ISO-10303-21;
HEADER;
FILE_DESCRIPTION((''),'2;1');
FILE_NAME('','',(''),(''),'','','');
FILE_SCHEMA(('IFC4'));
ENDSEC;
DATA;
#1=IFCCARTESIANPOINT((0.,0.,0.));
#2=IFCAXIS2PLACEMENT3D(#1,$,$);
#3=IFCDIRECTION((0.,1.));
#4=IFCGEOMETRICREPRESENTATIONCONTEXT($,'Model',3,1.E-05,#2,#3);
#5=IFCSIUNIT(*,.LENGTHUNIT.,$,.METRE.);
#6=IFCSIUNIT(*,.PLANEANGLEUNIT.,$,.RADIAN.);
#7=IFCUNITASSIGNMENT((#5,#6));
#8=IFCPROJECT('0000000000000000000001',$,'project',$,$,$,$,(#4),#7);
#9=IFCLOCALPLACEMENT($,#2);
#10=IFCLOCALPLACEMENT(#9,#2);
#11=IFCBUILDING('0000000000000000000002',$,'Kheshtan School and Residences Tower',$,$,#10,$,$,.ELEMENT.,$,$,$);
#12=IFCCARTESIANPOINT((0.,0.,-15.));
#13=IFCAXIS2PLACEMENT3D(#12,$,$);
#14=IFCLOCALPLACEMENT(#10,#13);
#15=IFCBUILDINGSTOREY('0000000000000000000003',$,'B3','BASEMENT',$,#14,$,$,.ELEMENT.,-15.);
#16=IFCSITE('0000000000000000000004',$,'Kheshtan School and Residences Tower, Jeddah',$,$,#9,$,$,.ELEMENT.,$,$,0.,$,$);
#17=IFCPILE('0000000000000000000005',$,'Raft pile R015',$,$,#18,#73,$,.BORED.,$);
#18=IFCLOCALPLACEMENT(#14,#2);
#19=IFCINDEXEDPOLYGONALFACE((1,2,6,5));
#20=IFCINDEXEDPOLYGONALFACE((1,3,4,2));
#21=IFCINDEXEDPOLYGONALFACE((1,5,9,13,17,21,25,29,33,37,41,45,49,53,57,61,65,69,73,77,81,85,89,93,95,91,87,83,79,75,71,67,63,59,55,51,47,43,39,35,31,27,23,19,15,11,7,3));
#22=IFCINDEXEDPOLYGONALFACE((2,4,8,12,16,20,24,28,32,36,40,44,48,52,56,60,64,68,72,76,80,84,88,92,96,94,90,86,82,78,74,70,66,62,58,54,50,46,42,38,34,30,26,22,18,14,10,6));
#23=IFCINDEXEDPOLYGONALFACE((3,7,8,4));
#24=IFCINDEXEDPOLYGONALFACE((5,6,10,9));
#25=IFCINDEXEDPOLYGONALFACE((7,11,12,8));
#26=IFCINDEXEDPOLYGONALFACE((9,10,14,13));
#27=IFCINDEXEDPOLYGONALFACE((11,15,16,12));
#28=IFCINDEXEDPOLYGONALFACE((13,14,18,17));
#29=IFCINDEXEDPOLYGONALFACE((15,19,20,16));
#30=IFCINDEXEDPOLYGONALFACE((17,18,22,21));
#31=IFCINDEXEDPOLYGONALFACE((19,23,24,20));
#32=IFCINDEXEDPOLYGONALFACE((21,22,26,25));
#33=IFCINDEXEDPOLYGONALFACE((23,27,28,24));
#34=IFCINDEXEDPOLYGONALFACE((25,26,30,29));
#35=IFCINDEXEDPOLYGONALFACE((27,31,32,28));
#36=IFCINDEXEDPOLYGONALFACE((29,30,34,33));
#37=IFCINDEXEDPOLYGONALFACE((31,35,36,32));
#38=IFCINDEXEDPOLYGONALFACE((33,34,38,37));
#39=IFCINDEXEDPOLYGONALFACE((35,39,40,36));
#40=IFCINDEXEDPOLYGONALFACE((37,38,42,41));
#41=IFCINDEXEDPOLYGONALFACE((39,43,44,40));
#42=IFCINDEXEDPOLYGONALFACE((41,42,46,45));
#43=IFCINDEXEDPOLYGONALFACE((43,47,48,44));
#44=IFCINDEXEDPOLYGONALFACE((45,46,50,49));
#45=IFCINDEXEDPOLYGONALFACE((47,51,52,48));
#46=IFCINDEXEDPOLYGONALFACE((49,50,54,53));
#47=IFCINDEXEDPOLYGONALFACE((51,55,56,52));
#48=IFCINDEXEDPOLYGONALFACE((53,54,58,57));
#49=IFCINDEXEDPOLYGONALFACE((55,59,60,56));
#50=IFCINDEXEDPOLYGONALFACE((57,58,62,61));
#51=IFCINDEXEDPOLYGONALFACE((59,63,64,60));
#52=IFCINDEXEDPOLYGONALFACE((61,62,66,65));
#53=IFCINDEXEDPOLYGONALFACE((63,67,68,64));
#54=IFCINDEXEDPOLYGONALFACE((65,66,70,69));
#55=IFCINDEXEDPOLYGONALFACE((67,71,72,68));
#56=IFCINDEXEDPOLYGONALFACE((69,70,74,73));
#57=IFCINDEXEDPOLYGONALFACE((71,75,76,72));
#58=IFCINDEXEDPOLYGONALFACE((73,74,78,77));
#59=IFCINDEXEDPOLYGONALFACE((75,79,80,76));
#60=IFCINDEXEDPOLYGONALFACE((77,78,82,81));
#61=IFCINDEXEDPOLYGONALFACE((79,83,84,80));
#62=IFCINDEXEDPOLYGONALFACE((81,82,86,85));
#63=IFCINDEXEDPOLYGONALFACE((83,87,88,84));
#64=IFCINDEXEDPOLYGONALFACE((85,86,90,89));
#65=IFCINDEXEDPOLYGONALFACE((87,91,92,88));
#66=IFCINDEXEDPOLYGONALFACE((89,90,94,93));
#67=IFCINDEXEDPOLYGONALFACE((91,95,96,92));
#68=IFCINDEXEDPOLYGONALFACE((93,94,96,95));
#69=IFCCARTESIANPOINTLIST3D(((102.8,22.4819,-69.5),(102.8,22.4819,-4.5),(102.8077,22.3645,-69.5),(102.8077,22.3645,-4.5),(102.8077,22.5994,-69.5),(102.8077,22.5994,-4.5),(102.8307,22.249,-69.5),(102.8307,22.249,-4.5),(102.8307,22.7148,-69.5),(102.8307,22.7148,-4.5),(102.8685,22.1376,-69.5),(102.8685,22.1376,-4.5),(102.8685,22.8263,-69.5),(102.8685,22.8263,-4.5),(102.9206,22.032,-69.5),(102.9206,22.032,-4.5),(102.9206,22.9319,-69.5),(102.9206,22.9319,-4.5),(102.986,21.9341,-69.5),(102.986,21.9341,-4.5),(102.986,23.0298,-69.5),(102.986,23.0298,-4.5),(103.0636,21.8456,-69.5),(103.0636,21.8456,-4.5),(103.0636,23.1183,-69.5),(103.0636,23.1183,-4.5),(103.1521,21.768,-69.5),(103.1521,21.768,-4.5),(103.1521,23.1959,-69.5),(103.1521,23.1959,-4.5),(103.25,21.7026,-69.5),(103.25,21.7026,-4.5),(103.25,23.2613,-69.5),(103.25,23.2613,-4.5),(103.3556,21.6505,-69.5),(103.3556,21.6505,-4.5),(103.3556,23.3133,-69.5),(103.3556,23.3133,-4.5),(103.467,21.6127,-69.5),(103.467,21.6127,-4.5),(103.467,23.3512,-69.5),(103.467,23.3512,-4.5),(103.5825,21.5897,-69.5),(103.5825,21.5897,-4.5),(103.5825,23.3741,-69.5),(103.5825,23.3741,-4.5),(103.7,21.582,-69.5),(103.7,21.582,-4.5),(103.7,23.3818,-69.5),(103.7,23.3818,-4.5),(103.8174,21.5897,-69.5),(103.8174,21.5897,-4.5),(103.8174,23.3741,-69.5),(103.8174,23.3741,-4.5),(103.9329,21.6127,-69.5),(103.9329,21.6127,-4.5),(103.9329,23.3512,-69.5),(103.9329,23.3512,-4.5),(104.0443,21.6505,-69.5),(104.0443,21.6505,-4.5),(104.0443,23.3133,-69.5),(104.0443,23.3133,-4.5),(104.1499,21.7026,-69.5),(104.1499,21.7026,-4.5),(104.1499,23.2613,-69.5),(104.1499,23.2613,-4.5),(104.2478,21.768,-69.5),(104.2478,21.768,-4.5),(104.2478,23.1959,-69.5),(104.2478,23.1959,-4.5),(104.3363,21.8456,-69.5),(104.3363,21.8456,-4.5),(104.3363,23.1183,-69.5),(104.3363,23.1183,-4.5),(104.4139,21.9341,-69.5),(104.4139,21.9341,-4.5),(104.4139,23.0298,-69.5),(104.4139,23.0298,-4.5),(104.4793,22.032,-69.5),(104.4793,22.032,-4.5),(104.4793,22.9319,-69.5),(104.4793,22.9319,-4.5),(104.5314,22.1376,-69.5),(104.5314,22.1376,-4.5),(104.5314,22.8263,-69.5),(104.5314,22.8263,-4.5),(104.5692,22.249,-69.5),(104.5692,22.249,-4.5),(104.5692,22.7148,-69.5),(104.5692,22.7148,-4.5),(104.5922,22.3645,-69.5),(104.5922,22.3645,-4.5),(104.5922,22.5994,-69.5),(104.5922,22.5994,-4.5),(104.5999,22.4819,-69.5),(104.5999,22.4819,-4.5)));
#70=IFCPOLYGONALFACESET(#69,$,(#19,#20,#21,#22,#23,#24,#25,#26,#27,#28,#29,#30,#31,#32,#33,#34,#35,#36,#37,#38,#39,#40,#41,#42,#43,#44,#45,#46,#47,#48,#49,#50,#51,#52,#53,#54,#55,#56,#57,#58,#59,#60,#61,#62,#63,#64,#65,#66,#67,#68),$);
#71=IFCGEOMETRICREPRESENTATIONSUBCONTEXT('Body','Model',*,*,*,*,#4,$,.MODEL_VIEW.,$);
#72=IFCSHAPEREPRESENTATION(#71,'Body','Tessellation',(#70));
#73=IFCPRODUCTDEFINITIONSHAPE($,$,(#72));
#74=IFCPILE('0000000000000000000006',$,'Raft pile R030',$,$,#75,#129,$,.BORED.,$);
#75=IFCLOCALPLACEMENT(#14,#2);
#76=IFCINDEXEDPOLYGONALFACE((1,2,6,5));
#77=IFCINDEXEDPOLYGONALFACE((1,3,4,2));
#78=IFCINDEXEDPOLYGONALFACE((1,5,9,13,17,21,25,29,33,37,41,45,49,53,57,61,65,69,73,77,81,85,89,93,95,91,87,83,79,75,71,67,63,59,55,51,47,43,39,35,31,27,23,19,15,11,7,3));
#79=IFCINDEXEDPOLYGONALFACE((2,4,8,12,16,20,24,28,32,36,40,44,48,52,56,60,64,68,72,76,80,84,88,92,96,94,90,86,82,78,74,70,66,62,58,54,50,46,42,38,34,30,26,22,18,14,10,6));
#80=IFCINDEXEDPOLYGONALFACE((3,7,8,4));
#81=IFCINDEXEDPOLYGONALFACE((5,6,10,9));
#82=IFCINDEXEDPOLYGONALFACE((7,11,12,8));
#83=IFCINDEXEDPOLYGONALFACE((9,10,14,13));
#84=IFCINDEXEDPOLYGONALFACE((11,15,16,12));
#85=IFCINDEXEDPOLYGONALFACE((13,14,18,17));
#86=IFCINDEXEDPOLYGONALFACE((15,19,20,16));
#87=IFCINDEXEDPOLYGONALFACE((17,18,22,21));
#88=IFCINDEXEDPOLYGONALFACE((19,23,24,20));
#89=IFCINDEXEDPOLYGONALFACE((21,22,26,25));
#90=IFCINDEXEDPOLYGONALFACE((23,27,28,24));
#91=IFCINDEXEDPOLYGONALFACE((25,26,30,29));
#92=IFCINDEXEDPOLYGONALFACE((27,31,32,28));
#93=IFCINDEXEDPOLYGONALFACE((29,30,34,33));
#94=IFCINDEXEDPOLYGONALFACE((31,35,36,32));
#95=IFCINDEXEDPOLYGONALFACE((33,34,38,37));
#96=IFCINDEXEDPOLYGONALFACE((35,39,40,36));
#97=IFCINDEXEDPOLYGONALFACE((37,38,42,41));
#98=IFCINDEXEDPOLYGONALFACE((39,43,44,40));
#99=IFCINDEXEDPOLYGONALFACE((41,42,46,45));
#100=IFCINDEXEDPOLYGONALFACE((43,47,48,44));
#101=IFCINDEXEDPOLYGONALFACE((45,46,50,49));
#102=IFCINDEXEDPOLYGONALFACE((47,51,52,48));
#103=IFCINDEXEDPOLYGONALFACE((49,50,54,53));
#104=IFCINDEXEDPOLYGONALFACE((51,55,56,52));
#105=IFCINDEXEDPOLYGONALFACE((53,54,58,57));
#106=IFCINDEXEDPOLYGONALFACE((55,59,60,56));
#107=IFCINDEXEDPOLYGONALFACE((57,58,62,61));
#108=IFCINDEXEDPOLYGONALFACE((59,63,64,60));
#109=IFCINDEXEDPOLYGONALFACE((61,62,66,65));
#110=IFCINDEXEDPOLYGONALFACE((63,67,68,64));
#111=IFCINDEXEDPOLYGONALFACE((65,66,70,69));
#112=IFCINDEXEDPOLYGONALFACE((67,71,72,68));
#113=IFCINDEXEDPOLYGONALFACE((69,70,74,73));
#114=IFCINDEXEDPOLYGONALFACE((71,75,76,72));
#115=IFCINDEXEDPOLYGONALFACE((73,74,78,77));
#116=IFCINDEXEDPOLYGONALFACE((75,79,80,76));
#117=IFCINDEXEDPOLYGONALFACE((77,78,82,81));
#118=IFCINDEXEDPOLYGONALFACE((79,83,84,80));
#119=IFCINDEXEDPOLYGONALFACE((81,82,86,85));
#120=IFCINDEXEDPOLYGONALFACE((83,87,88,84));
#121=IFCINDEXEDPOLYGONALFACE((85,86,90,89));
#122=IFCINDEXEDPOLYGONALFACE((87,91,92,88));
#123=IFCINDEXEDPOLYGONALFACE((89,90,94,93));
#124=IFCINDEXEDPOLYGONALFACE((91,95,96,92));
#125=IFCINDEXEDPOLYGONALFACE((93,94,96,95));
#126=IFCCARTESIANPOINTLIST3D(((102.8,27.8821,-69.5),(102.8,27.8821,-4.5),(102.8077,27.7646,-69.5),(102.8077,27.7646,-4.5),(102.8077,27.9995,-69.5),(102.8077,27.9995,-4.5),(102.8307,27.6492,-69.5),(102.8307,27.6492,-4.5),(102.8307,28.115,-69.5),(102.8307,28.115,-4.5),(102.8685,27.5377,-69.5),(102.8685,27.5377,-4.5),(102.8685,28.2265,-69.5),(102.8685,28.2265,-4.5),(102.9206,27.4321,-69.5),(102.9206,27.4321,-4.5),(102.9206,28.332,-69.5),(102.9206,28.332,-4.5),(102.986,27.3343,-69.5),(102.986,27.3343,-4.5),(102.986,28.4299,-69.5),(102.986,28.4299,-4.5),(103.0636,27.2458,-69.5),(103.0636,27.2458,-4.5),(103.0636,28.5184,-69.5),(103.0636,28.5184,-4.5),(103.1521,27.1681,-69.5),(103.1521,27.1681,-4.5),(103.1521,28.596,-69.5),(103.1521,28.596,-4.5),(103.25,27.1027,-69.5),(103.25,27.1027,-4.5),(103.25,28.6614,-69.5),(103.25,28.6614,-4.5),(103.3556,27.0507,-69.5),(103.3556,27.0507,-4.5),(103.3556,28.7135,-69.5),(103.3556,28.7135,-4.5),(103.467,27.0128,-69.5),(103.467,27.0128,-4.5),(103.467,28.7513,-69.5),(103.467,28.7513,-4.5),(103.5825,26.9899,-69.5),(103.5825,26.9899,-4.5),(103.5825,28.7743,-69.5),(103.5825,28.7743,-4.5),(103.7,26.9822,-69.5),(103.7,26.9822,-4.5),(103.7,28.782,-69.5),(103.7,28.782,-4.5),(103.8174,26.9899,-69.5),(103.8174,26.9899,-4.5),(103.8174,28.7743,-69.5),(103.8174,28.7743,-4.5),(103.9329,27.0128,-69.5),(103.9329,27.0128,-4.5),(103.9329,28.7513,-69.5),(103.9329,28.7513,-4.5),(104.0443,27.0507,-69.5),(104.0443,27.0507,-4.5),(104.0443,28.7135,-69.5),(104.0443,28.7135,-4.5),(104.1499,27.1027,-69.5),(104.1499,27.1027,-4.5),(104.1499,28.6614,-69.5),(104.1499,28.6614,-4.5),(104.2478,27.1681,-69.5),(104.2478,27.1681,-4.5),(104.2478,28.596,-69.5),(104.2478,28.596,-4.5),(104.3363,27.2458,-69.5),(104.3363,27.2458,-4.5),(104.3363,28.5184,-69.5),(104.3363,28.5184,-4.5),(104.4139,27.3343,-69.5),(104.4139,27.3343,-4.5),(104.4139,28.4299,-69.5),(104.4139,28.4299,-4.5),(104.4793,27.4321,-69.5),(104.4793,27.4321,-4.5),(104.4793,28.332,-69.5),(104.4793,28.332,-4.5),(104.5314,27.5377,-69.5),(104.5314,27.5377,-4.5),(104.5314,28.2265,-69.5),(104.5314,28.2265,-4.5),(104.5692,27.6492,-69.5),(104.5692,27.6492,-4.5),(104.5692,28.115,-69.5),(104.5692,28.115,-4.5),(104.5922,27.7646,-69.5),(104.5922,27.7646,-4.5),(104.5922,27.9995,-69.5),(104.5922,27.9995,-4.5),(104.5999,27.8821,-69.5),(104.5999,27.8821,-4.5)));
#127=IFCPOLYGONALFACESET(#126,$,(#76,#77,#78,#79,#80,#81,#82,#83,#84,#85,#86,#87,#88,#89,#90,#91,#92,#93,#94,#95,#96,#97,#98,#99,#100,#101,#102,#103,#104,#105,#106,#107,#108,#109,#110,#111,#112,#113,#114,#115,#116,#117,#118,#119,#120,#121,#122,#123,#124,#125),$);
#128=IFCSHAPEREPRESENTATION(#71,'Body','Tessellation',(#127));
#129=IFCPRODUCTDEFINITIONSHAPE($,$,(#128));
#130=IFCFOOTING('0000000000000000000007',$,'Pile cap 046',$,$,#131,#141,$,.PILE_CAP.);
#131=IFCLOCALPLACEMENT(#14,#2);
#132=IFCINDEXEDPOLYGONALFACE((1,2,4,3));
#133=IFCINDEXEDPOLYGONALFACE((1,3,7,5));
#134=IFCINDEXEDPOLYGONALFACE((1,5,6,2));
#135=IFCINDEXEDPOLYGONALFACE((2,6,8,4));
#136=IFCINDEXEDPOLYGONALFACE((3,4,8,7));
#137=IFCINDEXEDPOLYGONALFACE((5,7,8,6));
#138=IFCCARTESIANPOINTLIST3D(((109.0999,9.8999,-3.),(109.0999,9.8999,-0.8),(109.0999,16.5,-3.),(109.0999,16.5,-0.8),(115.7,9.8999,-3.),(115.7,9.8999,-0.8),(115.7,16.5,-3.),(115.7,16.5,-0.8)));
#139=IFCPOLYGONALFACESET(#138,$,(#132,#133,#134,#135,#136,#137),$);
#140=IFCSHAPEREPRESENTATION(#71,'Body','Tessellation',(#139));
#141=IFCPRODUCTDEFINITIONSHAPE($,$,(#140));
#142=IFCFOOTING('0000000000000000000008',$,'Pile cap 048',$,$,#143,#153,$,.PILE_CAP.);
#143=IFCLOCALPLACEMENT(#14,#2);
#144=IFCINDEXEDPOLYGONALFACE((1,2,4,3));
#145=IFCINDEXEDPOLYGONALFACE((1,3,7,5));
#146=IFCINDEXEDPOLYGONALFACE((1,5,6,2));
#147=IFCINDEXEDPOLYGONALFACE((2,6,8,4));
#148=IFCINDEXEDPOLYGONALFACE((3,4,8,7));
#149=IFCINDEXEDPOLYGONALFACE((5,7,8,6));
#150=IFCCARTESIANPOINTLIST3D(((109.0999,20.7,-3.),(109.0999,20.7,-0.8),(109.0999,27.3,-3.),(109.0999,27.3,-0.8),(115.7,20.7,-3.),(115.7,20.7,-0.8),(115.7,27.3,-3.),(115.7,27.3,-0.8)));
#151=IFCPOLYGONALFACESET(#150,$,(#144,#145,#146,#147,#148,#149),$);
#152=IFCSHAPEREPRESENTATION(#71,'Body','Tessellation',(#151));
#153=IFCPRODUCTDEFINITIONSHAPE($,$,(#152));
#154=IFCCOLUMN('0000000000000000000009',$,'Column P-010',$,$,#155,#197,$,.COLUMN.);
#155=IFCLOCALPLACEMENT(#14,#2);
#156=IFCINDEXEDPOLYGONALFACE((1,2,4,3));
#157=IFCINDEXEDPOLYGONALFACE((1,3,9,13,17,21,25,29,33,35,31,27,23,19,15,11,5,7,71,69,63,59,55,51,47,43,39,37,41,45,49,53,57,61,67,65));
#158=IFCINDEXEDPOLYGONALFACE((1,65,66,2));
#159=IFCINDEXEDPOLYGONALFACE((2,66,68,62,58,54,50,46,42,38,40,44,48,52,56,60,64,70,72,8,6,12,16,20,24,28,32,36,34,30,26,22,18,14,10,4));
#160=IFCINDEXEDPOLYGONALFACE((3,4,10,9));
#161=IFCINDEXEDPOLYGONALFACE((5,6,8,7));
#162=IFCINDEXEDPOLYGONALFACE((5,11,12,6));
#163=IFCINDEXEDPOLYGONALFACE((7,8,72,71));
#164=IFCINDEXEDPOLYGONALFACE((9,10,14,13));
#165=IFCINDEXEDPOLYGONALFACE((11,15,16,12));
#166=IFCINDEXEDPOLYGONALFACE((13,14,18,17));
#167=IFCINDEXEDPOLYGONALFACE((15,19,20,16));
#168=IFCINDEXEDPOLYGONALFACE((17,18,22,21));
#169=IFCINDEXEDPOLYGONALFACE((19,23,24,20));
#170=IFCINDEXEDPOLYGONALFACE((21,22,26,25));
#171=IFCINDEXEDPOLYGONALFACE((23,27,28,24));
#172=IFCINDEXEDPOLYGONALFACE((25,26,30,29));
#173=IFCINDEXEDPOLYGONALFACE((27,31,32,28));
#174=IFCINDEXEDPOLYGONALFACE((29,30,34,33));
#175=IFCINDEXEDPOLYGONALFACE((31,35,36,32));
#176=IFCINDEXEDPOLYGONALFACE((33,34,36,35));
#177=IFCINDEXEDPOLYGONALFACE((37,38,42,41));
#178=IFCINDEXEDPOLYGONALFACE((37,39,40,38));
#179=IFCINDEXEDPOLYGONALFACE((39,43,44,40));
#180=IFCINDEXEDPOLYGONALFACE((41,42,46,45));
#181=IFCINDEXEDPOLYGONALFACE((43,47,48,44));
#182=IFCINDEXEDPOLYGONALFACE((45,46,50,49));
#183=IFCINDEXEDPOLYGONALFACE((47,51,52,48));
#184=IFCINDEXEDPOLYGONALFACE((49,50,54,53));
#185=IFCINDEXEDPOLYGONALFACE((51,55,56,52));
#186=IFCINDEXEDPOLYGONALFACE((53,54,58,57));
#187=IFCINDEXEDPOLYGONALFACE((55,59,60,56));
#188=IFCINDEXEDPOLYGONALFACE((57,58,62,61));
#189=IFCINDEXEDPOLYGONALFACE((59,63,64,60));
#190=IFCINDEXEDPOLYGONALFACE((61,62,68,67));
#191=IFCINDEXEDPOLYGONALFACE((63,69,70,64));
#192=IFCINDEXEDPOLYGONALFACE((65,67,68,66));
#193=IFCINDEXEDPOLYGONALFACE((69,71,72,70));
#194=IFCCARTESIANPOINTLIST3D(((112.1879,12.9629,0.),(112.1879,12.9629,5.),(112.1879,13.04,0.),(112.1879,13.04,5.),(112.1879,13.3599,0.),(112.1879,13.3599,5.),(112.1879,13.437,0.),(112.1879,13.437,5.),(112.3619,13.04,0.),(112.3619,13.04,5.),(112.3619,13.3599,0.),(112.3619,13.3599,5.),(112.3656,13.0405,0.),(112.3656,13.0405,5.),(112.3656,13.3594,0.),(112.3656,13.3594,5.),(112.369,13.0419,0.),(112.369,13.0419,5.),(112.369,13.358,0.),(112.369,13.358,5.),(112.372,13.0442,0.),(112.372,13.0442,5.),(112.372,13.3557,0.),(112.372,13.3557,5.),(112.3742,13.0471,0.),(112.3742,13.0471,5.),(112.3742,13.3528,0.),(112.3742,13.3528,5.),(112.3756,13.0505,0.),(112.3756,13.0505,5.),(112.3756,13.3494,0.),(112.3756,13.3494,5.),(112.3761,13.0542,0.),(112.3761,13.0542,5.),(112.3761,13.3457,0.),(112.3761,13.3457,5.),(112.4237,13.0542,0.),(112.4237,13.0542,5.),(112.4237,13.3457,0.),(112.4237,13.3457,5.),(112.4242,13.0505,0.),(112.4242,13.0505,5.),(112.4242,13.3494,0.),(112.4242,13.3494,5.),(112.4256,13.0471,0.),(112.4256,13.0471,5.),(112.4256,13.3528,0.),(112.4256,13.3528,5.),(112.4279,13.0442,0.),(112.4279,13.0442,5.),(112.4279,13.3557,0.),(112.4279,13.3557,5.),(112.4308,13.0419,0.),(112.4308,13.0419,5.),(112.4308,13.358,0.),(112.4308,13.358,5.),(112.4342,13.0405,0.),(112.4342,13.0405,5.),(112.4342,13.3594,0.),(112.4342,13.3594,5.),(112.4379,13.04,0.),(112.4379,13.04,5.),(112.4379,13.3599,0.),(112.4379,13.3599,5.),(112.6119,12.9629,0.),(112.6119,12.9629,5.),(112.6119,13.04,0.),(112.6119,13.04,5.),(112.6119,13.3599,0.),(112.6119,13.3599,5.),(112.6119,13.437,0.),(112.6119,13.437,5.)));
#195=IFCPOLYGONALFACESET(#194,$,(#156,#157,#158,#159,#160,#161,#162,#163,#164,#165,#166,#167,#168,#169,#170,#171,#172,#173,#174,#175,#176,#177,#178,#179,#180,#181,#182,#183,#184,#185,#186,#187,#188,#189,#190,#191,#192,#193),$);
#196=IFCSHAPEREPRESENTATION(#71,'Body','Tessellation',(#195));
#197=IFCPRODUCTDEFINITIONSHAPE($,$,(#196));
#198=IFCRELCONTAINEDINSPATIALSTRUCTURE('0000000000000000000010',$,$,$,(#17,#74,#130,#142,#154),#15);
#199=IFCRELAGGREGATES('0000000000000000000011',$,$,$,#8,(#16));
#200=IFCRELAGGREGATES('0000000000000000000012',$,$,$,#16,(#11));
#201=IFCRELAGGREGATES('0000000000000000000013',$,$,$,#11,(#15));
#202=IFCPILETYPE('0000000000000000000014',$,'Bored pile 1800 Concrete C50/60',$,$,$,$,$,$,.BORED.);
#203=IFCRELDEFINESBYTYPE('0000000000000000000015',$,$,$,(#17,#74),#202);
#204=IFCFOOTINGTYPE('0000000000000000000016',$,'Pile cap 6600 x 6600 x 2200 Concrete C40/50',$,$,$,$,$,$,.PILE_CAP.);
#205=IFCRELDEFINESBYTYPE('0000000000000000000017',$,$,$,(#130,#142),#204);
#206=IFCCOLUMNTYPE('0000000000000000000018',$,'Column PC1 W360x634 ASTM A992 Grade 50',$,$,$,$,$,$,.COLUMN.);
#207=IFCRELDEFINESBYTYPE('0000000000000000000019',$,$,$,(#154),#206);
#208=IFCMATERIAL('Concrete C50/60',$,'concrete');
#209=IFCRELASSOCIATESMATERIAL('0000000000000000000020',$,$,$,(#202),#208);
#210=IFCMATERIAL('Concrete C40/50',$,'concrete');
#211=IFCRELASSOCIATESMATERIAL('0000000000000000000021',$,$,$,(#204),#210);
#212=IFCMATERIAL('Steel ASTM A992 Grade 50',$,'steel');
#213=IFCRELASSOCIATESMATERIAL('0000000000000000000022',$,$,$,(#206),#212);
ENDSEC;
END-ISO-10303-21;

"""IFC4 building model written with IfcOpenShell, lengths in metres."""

from ifc_helpers import new_model, si_unit, direction, frame, origin, origin_2d, place, context, subcontext, project, spatial, rectangle, circle, i_section, extrude, material, material_profile, profile_set, type_object, element, save


model = new_model("IFC4")

# Units and contexts
model_context = context("Model", 3, precision=1e-05, world=origin(), true_north=direction((0.0, 1.0)))
body_context = subcontext(model_context, "Body", "Model", "MODEL_VIEW")
ifc_project = project(units=[si_unit("LENGTHUNIT", "METRE"), si_unit("PLANEANGLEUNIT", "RADIAN")], contexts=[model_context])

# Site, building, storey
site_placement = place(None, origin())
site = spatial("IfcSite", under=ifc_project, at=site_placement, Name="Kheshtan School and Residences Tower, Jeddah", CompositionType="ELEMENT", RefElevation=0.0)
building_placement = place(site_placement, origin())
building = spatial("IfcBuilding", under=site, at=building_placement, Name="Kheshtan School and Residences Tower", CompositionType="ELEMENT")
storey_placement = place(building_placement, frame((0.0, 0.0, -15.0)))
storey = spatial("IfcBuildingStorey", under=building, at=storey_placement, Name="B3", Description="BASEMENT", CompositionType="ELEMENT", Elevation=-15.0)

# Piles
ifc_material_1 = material(Name="Concrete C50/60", Category="concrete")
ifc_material_profile_1 = material_profile(ifc_material_1, circle(Radius=0.8999, at=origin_2d()), Name="BP 1800")
ifc_profile_set_1 = profile_set([ifc_material_profile_1], Name="Concrete C50/60")
pile_type_1 = type_object("IfcPileType", Name="Bored pile 1800 Concrete C50/60", PredefinedType="BORED", material=ifc_profile_set_1)
for number, where, z_axis, x_axis, name in (
    (1, (103.7, 22.4819, -4.5), (0.0, 0.0, -1.0), (1.0, 0.0, 0.0), "Raft pile R015"),
    (2, (103.7, 27.8821, -4.5), (0.0, 0.0, -1.0), (1.0, 0.0, 0.0), "Raft pile R030"),
):
    element("IfcPile", number, at=place(storey_placement, frame(where, z_axis=z_axis, x_axis=x_axis)), inside=storey, type_object=pile_type_1, Name=name, PredefinedType="BORED", context=body_context, shape_type="SweptSolid", body=[
        extrude(circle(Radius=0.8999, at=origin_2d()), origin(), (0.0, 0.0, 1.0), 65.0),
    ])

# Footings
ifc_material_2 = material(Name="Concrete C40/50", Category="concrete")
footing_type = type_object("IfcFootingType", Name="Pile cap 6600 x 6600 x 2200 Concrete C40/50", PredefinedType="PILE_CAP", material=ifc_material_2)
for number, where, z_axis, x_axis, name in (
    (3, (112.3999, 13.2, -3.0), (0.0, 0.0, 1.0), (1.0, 0.0, 0.0), "Pile cap 046"),
    (4, (112.3999, 24.0, -3.0), (0.0, 0.0, 1.0), (1.0, 0.0, 0.0), "Pile cap 048"),
):
    element("IfcFooting", number, at=place(storey_placement, frame(where, z_axis=z_axis, x_axis=x_axis)), inside=storey, type_object=footing_type, Name=name, PredefinedType="PILE_CAP", context=body_context, shape_type="SweptSolid", body=[
        extrude(rectangle(XDim=6.6001, YDim=6.6001, at=origin_2d()), origin(), (0.0, 0.0, 1.0), 2.2),
    ])

# Column
ifc_material_3 = material(Name="Steel ASTM A992 Grade 50", Category="steel")
ifc_material_profile_2 = material_profile(ifc_material_3, i_section(OverallWidth=0.4241, OverallDepth=0.4741, WebThickness=0.0476, FlangeThickness=0.0771, FilletRadius=0.0142, at=origin_2d()), Name="W360x634")
ifc_profile_set_2 = profile_set([ifc_material_profile_2], Name="Steel ASTM A992 Grade 50")
column_type = type_object("IfcColumnType", Name="Column PC1 W360x634 ASTM A992 Grade 50", PredefinedType="COLUMN", material=ifc_profile_set_2)
for number, where, z_axis, x_axis, name in (
    (5, (112.3999, 13.2, 0.0), (0.0, 0.0, 1.0), (1.0, 0.0, 0.0), "Column P-010"),
):
    element("IfcColumn", number, at=place(storey_placement, frame(where, z_axis=z_axis, x_axis=x_axis)), inside=storey, type_object=column_type, Name=name, PredefinedType="COLUMN", context=body_context, shape_type="SweptSolid", body=[
        extrude(i_section(OverallWidth=0.4241, OverallDepth=0.4741, WebThickness=0.0476, FlangeThickness=0.0771, FilletRadius=0.0142, at=origin_2d()), origin(), (0.0, 0.0, 1.0), 5.0),
    ])

save(model, "model.ifc")
